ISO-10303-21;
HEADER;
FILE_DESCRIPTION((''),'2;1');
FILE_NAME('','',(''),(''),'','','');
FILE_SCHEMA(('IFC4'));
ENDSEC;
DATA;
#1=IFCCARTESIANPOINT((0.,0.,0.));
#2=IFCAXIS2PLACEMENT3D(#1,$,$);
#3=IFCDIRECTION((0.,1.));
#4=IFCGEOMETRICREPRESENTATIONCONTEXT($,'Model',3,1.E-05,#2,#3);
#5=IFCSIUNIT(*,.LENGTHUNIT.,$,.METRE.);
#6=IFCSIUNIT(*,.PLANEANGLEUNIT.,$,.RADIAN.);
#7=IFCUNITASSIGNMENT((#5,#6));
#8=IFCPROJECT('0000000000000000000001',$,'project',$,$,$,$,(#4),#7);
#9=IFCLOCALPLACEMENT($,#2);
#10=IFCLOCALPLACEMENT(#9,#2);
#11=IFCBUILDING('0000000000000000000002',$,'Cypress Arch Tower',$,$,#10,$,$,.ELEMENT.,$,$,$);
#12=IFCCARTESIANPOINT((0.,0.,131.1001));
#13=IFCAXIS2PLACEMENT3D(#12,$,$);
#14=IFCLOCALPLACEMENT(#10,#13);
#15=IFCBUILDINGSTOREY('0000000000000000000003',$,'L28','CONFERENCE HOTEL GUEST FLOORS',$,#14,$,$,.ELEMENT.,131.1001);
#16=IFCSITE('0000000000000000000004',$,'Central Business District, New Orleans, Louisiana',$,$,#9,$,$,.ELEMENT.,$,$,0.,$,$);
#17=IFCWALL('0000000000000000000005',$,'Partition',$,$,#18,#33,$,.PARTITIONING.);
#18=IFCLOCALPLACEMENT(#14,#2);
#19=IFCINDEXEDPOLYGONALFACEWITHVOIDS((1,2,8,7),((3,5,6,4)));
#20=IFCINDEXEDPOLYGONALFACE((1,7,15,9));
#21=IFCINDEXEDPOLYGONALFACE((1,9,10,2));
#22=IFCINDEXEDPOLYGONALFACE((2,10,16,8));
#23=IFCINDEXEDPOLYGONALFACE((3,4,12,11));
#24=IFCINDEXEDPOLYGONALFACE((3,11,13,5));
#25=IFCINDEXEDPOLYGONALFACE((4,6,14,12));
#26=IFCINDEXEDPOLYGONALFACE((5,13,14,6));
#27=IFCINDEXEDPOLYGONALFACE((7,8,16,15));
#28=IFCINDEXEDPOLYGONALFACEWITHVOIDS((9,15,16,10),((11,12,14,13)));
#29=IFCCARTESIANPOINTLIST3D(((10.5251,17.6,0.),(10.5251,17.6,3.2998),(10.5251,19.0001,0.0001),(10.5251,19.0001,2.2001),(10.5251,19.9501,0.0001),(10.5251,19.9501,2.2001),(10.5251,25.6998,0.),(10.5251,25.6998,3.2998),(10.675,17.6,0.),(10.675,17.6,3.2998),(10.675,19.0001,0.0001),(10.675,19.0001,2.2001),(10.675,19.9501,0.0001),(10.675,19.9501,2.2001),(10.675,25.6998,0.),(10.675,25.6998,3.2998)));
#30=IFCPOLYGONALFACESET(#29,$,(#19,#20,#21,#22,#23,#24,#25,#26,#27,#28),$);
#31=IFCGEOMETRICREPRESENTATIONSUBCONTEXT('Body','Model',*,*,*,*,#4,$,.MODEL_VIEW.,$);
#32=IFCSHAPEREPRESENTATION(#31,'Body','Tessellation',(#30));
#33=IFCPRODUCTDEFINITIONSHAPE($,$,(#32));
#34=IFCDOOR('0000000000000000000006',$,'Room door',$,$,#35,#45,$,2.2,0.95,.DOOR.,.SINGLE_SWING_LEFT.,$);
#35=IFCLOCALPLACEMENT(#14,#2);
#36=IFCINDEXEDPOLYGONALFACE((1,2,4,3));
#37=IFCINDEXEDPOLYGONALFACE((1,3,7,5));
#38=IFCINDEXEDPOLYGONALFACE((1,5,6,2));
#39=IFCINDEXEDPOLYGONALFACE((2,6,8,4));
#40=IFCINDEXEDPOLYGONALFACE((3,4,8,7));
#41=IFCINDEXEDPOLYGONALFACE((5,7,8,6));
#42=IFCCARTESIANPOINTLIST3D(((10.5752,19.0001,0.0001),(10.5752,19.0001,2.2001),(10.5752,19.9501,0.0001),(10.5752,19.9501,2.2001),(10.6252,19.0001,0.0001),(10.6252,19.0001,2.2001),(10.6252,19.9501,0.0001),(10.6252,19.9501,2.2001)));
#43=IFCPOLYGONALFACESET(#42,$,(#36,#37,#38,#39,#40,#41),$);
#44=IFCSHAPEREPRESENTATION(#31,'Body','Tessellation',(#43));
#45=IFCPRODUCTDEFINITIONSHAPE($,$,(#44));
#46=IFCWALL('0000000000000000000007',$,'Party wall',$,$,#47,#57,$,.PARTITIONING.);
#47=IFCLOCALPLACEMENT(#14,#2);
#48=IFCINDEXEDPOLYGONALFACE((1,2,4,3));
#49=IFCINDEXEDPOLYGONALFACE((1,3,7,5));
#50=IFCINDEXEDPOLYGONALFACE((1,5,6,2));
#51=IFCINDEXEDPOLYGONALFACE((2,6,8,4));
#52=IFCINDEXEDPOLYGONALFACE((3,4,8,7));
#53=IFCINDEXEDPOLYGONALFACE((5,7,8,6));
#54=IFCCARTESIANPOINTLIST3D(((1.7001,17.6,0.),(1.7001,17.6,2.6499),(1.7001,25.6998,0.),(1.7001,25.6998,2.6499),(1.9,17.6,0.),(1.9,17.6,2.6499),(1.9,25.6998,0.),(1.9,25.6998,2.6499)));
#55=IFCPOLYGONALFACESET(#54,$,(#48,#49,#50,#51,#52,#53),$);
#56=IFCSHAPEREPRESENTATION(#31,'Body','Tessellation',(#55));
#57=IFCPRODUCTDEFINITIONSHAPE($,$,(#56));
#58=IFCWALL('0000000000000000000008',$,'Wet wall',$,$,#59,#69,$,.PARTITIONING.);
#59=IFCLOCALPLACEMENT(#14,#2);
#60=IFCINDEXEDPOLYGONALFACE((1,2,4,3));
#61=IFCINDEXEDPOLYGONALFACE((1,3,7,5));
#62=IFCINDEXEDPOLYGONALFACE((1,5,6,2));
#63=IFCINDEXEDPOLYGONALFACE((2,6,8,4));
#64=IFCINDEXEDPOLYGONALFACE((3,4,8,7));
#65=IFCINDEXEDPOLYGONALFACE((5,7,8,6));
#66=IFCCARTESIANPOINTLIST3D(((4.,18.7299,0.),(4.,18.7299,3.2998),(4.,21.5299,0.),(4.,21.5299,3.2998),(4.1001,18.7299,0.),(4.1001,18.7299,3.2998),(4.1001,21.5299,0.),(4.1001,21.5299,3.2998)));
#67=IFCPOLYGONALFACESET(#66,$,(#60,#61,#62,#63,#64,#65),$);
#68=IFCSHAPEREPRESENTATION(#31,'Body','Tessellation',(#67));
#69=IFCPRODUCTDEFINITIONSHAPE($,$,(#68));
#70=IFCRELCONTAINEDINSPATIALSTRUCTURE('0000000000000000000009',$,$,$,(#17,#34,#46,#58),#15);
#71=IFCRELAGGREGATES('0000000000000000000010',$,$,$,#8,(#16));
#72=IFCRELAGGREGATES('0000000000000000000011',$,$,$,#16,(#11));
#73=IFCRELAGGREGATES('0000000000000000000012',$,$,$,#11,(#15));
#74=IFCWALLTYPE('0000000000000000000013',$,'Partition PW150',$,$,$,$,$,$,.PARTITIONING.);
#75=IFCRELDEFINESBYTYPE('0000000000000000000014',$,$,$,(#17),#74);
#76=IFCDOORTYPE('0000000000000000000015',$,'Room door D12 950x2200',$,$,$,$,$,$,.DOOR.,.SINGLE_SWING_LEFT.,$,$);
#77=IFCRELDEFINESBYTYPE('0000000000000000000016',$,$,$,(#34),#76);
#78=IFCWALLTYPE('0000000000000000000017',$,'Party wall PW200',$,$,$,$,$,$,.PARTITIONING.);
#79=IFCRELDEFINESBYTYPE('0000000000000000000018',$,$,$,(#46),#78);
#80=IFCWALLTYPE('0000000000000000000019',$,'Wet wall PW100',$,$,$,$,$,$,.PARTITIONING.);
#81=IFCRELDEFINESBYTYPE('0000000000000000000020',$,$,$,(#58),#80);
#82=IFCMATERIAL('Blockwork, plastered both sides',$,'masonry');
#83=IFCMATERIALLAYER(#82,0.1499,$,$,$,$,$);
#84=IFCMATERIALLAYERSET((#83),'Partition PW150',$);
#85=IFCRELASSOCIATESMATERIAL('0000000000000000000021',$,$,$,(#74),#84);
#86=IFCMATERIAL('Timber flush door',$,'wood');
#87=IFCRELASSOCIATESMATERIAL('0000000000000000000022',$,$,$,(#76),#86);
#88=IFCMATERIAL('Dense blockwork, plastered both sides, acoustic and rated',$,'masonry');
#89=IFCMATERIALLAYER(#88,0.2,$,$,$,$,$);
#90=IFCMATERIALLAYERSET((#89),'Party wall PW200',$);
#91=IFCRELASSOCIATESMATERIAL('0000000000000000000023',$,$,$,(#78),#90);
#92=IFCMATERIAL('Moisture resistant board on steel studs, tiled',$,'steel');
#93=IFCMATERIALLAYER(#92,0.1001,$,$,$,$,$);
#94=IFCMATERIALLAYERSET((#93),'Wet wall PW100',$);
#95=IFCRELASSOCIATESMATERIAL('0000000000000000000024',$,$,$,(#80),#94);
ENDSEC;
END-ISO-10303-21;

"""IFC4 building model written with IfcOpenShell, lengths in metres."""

from ifc_helpers import new_model, si_unit, direction, frame, frame_2d, origin, place, context, subcontext, project, spatial, rectangle, extrude, material, layer, layer_set, type_object, element, fill, save


model = new_model("IFC4")

# Units and contexts
model_context = context("Model", 3, precision=1e-05, world=origin(), true_north=direction((0.0, 1.0)))
body_context = subcontext(model_context, "Body", "Model", "MODEL_VIEW")
ifc_project = project(units=[si_unit("LENGTHUNIT", "METRE"), si_unit("PLANEANGLEUNIT", "RADIAN")], contexts=[model_context])

# Site, building, storey
site_placement = place(None, origin())
site = spatial("IfcSite", under=ifc_project, at=site_placement, Name="Central Business District, New Orleans, Louisiana", CompositionType="ELEMENT", RefElevation=0.0)
building_placement = place(site_placement, origin())
building = spatial("IfcBuilding", under=site, at=building_placement, Name="Cypress Arch Tower", CompositionType="ELEMENT")
storey_placement = place(building_placement, frame((0.0, 0.0, 131.1001)))
storey = spatial("IfcBuildingStorey", under=building, at=storey_placement, Name="L28", Description="CONFERENCE HOTEL GUEST FLOORS", CompositionType="ELEMENT", Elevation=131.1001)

# Shared definitions
ifc_material_1 = material(Name="Blockwork, plastered both sides", Category="masonry")
ifc_layer_1 = layer(ifc_material_1, 0.1499)
ifc_layer_set_1 = layer_set([ifc_layer_1], Name="Partition PW150")
wall_type_1 = type_object("IfcWallType", Name="Partition PW150", PredefinedType="PARTITIONING", material=ifc_layer_set_1)

# Wall, opening, door
wall_1_placement = place(storey_placement, frame((10.6001, 17.6001, 0.0), z_axis=(0.0, 0.0, 1.0), x_axis=(0.0, 1.0, 0.0)))
wall_1 = element("IfcWall", 1, at=wall_1_placement, inside=storey, type_object=wall_type_1, Name="Partition", PredefinedType="PARTITIONING", context=body_context, shape_type="SweptSolid", body=[
    extrude(rectangle(XDim=8.0999, YDim=0.1499, at=frame_2d((4.0498, 0.0))), origin(), (0.0, 0.0, 1.0), 3.2998),
])
opening_1_placement = place(wall_1_placement, frame((1.3999, 0.0, 0.0)))
opening_1 = element("IfcOpeningElement", 2, at=opening_1_placement, cuts=wall_1, PredefinedType="OPENING", context=body_context, shape_type="SweptSolid", body=[
    extrude(rectangle(XDim=0.95, YDim=2.2, at=frame_2d((0.4751, 1.1001))), frame((0.0, 0.085, 0.0), z_axis=(0.0, -1.0, 0.0), x_axis=(1.0, 0.0, 0.0)), (0.0, 0.0, 1.0), 0.1699),
])
ifc_material_2 = material(Name="Timber flush door", Category="wood")
door_type_1 = type_object("IfcDoorType", Name="Room door D12 950x2200", OperationType="SINGLE_SWING_LEFT", PredefinedType="DOOR", material=ifc_material_2)
door_1_placement = place(opening_1_placement, origin())
door_1 = element("IfcDoor", 3, at=door_1_placement, inside=storey, type_object=door_type_1, Name="Room door", OperationType="SINGLE_SWING_LEFT", OverallHeight=2.2, OverallWidth=0.95, PredefinedType="DOOR", context=body_context, shape_type="SweptSolid", body=[
    extrude(rectangle(XDim=0.95, YDim=2.2, at=frame_2d((0.4751, 1.1001))), frame((0.0, 0.0249, 0.0), z_axis=(0.0, -1.0, 0.0), x_axis=(1.0, 0.0, 0.0)), (0.0, 0.0, 1.0), 0.05),
])
fill(opening_1, door_1)

# Walls
ifc_material_3 = material(Name="Dense blockwork, plastered both sides, acoustic and rated", Category="masonry")
ifc_layer_2 = layer(ifc_material_3, 0.2)
ifc_layer_set_2 = layer_set([ifc_layer_2], Name="Party wall PW200")
wall_type_2 = type_object("IfcWallType", Name="Party wall PW200", PredefinedType="PARTITIONING", material=ifc_layer_set_2)
wall_2_placement = place(storey_placement, frame((1.8, 17.6001, 0.0), z_axis=(0.0, 0.0, 1.0), x_axis=(0.0, 1.0, 0.0)))
element("IfcWall", 4, at=wall_2_placement, inside=storey, type_object=wall_type_2, Name="Party wall", PredefinedType="PARTITIONING", context=body_context, shape_type="SweptSolid", body=[
    extrude(rectangle(XDim=8.0999, YDim=0.2, at=frame_2d((4.0498, 0.0))), origin(), (0.0, 0.0, 1.0), 2.6499),
])
ifc_material_4 = material(Name="Moisture resistant board on steel studs, tiled", Category="steel")
ifc_layer_3 = layer(ifc_material_4, 0.1001)
ifc_layer_set_3 = layer_set([ifc_layer_3], Name="Wet wall PW100")
wall_type_3 = type_object("IfcWallType", Name="Wet wall PW100", PredefinedType="PARTITIONING", material=ifc_layer_set_3)
wall_3_placement = place(storey_placement, frame((4.05, 18.73, 0.0), z_axis=(0.0, 0.0, 1.0), x_axis=(0.0, 1.0, 0.0)))
element("IfcWall", 5, at=wall_3_placement, inside=storey, type_object=wall_type_3, Name="Wet wall", PredefinedType="PARTITIONING", context=body_context, shape_type="SweptSolid", body=[
    extrude(rectangle(XDim=2.8, YDim=0.1001, at=frame_2d((1.3999, 0.0))), origin(), (0.0, 0.0, 1.0), 3.2998),
])

save(model, "model.ifc")
